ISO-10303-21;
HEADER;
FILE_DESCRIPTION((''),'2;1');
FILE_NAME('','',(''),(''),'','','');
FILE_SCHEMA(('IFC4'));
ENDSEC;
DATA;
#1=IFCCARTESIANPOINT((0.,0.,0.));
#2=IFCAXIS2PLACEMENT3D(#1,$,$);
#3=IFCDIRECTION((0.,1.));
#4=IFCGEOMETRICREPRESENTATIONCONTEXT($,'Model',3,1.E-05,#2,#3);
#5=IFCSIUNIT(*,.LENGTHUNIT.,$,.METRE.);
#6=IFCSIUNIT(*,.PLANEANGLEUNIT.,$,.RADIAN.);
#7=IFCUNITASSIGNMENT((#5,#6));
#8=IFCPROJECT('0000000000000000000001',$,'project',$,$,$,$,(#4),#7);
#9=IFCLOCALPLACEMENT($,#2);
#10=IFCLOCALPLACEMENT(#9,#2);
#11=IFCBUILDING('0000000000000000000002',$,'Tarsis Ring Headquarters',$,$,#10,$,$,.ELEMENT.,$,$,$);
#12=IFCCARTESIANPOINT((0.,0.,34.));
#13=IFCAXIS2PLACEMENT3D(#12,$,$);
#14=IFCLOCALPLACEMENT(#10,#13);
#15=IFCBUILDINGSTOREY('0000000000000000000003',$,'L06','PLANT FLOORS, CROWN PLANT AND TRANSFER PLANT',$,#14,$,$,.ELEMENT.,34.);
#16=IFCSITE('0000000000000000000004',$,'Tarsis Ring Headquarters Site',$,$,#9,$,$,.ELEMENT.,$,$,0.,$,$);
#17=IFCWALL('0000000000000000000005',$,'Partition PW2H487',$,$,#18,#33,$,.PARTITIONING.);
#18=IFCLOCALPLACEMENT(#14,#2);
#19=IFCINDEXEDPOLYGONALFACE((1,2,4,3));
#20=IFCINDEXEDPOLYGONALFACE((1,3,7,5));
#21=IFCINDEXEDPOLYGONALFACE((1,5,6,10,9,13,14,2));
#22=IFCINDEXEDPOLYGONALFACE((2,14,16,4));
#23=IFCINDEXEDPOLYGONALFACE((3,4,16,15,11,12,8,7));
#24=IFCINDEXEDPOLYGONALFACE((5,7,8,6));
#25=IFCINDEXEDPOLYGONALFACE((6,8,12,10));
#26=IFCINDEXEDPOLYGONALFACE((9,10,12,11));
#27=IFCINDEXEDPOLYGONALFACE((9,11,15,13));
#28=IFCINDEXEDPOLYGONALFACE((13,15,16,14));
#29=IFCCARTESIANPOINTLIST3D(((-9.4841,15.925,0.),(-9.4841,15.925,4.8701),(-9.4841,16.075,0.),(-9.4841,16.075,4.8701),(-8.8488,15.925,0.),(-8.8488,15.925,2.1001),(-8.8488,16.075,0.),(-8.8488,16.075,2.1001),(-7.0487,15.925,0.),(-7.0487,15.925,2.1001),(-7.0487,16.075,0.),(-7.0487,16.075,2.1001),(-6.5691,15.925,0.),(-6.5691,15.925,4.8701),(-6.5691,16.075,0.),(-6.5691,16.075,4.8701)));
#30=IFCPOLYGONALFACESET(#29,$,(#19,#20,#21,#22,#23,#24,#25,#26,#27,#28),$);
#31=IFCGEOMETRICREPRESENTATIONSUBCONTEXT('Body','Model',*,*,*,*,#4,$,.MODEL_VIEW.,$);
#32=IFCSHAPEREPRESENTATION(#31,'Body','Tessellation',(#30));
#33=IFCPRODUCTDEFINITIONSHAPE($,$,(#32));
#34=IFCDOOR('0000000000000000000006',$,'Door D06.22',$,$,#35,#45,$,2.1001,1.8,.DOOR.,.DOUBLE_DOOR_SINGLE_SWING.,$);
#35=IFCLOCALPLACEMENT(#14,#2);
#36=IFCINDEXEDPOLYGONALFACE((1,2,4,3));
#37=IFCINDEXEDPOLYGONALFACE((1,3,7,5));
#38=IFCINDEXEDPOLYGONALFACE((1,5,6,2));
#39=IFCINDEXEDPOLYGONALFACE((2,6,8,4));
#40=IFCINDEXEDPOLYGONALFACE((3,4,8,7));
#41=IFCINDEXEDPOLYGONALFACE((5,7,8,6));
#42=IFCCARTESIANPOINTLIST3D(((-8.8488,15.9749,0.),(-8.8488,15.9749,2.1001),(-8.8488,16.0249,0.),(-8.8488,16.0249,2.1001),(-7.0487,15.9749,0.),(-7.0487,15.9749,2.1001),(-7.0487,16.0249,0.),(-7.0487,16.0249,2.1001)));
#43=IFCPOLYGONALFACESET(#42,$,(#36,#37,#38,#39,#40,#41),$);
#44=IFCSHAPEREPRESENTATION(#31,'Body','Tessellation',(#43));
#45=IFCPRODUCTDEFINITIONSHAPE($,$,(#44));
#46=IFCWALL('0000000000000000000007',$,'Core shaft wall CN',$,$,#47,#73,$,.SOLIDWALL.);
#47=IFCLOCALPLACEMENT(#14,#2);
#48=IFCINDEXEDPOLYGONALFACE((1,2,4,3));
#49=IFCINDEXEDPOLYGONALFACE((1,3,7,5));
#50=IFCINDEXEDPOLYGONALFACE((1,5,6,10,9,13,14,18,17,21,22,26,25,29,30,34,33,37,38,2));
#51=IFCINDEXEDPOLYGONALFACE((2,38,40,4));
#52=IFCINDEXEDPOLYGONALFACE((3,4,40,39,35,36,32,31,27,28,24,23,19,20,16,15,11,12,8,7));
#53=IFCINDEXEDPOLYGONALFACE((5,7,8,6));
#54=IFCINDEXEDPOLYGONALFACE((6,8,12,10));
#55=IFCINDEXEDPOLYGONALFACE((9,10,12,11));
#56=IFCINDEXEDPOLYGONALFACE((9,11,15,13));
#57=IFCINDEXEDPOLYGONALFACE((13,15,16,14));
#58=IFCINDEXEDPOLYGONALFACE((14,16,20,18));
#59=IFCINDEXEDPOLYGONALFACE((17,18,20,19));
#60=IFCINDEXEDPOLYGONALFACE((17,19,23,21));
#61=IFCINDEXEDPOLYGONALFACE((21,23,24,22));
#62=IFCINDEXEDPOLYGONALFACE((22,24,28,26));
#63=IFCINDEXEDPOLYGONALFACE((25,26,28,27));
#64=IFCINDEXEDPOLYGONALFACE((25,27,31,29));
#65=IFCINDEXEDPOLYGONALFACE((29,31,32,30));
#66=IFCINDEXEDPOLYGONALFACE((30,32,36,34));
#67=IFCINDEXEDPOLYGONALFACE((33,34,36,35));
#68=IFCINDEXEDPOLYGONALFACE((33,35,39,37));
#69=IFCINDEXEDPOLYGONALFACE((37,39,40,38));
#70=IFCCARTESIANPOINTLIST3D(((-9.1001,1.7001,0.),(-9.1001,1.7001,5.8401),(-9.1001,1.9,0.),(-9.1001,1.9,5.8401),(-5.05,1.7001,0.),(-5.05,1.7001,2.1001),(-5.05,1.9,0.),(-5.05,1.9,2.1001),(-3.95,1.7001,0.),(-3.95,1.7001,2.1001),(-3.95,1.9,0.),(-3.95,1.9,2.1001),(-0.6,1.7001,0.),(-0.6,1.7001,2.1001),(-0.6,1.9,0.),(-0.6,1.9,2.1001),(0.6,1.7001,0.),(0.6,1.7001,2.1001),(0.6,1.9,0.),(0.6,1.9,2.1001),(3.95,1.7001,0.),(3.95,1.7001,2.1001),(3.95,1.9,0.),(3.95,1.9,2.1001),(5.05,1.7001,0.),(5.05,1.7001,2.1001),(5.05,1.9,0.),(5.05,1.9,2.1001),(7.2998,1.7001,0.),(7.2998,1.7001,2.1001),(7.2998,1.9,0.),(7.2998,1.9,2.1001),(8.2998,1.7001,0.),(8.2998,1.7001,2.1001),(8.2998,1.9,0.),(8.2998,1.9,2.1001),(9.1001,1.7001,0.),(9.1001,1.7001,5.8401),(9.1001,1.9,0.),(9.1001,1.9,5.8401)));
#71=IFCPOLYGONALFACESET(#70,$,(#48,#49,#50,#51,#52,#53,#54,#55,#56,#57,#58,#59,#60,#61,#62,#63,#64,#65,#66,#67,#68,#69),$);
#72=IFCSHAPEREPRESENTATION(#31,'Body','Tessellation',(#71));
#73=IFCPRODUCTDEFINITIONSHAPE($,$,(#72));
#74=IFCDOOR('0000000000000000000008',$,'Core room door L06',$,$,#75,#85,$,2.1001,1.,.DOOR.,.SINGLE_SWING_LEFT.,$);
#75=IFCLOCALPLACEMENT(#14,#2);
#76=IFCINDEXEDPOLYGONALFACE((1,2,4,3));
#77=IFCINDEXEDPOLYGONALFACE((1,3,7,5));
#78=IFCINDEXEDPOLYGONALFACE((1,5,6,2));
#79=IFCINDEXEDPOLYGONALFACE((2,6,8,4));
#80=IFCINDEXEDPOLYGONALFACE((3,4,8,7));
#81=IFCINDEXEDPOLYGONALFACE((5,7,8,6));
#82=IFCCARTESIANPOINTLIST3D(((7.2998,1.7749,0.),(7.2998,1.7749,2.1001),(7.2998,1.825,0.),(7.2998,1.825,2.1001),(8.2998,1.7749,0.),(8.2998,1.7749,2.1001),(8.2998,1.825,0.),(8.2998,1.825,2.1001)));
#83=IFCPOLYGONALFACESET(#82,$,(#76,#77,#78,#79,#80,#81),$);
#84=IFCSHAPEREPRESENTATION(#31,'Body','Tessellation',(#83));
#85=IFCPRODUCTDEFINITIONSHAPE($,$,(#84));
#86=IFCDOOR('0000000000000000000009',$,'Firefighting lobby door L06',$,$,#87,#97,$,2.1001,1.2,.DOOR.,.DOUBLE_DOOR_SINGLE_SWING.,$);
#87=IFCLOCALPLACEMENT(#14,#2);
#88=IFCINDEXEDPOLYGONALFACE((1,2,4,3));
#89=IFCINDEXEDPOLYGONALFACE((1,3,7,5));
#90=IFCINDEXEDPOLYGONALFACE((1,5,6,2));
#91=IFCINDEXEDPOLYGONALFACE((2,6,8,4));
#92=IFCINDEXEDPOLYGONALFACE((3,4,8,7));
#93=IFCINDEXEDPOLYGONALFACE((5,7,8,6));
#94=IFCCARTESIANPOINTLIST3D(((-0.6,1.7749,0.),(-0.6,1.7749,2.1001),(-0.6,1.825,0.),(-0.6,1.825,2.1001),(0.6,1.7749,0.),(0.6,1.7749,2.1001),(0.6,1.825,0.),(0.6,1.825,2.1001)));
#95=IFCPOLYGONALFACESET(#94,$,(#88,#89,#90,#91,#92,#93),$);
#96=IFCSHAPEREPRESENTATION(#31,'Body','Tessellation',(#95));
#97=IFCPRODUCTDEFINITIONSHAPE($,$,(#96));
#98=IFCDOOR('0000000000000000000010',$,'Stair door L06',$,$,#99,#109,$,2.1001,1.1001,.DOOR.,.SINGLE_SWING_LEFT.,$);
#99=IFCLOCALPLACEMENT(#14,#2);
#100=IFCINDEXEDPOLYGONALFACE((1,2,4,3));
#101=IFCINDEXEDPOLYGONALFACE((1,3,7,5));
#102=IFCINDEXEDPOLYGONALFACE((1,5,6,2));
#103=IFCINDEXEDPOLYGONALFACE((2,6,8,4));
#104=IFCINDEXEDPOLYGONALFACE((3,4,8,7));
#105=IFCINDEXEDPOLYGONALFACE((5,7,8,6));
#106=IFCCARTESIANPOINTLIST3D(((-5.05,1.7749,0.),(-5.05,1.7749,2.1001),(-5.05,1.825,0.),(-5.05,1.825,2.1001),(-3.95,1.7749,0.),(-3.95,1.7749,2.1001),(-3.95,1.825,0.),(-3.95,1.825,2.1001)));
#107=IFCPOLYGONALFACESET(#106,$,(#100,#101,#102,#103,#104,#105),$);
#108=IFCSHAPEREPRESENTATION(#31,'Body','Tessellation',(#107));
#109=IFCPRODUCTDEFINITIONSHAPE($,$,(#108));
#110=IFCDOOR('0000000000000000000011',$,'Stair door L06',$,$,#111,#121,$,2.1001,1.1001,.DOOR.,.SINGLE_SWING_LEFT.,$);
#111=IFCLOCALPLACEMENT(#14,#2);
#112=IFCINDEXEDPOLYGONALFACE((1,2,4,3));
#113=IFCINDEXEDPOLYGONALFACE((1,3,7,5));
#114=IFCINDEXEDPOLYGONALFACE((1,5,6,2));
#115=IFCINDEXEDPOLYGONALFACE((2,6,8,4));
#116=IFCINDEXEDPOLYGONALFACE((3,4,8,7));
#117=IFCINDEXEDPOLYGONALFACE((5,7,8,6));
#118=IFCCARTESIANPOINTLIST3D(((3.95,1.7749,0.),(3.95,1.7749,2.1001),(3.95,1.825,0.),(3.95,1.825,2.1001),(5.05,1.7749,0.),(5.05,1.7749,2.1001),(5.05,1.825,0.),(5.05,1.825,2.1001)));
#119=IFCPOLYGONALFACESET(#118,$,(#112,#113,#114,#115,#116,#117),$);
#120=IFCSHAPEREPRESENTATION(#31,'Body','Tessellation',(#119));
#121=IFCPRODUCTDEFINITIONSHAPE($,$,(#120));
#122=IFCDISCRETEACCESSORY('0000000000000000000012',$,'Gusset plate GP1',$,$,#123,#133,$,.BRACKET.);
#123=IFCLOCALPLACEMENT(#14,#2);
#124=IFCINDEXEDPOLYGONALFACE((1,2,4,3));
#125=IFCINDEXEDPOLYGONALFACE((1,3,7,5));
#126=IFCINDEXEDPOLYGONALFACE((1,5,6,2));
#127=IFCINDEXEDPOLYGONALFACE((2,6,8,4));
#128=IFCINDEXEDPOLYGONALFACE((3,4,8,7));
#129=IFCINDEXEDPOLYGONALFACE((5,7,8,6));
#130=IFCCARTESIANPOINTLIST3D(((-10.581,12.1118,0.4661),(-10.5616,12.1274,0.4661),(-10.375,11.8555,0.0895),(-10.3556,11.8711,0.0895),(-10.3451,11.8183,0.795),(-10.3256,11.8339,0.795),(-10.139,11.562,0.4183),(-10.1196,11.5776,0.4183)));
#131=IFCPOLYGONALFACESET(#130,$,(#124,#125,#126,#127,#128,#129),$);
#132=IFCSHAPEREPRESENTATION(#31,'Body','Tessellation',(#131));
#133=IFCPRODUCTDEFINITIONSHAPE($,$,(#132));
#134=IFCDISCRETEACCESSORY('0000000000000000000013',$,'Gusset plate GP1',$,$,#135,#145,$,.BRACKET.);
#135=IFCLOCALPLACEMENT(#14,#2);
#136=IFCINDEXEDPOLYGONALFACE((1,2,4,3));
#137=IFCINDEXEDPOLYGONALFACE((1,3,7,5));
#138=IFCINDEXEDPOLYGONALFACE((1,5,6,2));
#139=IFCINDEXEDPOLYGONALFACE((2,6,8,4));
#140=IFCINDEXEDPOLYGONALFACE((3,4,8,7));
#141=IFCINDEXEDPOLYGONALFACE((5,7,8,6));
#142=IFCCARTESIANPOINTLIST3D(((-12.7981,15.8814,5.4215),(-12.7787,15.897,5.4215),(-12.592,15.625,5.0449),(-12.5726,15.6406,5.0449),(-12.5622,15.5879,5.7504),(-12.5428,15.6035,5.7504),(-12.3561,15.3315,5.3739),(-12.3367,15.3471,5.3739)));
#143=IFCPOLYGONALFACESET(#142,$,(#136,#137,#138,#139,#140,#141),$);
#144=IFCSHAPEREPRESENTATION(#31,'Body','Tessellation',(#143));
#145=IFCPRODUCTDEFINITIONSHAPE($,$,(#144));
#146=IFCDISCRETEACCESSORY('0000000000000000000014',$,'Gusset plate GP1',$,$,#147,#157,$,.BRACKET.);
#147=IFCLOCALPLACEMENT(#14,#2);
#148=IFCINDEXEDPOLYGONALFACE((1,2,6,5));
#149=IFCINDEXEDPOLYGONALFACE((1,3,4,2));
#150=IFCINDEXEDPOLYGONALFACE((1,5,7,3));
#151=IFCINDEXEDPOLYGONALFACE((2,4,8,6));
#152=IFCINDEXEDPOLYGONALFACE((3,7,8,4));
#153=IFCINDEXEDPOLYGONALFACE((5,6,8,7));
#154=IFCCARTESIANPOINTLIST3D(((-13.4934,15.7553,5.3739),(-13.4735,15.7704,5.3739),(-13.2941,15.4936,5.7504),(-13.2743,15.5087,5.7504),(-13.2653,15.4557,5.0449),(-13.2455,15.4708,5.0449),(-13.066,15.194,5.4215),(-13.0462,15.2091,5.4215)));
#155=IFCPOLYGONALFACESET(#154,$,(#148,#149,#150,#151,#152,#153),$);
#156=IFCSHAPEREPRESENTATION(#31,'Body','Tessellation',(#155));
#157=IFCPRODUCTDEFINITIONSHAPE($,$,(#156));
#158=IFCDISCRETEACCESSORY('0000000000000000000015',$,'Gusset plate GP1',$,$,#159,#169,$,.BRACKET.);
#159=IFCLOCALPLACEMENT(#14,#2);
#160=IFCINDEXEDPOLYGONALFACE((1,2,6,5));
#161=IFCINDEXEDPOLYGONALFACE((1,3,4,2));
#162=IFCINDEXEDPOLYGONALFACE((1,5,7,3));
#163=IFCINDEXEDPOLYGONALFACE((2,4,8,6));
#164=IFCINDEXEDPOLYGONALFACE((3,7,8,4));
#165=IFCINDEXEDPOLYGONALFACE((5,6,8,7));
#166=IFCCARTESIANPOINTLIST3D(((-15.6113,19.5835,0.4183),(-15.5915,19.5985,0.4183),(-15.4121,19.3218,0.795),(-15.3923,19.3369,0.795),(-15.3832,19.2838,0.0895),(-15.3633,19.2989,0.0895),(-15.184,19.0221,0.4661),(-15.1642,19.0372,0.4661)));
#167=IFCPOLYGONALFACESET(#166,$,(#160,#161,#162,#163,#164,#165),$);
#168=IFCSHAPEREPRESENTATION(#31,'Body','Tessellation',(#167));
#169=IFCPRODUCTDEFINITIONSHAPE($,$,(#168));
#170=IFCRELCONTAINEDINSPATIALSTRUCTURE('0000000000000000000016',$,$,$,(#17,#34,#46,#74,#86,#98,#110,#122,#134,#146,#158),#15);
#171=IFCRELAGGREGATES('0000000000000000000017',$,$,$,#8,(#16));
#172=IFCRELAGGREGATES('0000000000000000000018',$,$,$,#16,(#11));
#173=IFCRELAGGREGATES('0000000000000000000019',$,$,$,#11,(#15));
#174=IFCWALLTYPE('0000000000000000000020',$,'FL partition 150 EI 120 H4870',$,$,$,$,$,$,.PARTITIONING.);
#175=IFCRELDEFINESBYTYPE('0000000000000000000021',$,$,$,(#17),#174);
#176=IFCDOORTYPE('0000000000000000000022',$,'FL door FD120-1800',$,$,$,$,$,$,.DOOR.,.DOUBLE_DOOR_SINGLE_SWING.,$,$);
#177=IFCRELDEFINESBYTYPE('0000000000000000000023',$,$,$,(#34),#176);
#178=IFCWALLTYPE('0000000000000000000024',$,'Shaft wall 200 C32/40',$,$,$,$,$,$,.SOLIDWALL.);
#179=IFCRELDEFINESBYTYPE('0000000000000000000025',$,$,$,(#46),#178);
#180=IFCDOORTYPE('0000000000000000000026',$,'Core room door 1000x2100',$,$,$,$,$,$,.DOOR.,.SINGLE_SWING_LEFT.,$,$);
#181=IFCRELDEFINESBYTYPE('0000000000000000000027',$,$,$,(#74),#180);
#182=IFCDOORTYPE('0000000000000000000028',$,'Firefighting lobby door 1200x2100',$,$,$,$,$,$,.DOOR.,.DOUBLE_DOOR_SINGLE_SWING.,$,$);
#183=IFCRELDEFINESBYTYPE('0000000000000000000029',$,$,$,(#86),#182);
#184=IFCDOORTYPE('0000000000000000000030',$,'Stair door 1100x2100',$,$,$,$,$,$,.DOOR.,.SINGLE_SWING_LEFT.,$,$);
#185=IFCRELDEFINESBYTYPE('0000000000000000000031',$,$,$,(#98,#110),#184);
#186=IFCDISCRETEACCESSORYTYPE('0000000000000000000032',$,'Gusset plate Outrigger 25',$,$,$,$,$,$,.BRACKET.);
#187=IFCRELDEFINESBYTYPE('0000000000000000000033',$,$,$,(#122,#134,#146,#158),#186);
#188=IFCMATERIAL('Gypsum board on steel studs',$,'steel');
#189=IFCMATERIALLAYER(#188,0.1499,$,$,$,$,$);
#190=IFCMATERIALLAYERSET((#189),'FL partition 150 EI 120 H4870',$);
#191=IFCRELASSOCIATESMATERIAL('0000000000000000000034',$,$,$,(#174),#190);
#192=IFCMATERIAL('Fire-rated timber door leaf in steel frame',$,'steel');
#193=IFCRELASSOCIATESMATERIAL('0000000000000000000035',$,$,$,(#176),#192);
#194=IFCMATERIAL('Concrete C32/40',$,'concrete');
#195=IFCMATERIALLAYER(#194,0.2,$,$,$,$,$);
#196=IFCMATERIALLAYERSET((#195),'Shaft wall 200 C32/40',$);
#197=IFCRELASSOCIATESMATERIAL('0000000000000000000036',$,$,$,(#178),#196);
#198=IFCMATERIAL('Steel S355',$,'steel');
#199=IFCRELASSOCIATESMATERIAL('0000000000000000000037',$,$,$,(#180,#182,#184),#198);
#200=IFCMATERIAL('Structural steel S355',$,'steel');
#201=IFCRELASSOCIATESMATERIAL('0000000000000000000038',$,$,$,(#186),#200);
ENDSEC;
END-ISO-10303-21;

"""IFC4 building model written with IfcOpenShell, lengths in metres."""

from ifc_helpers import new_model, si_unit, direction, frame, frame_2d, origin, origin_2d, place, context, subcontext, project, spatial, rectangle, extrude, material, layer, layer_set, material_profile, profile_set, type_object, element, fill, save


model = new_model("IFC4")

# Units and contexts
model_context = context("Model", 3, precision=1e-05, world=origin(), true_north=direction((0.0, 1.0)))
body_context = subcontext(model_context, "Body", "Model", "MODEL_VIEW")
ifc_project = project(units=[si_unit("LENGTHUNIT", "METRE"), si_unit("PLANEANGLEUNIT", "RADIAN")], contexts=[model_context])

# Site, building, storey
site_placement = place(None, origin())
site = spatial("IfcSite", under=ifc_project, at=site_placement, Name="Tarsis Ring Headquarters Site", CompositionType="ELEMENT", RefElevation=0.0)
building_placement = place(site_placement, origin())
building = spatial("IfcBuilding", under=site, at=building_placement, Name="Tarsis Ring Headquarters", CompositionType="ELEMENT")
storey_placement = place(building_placement, frame((0.0, 0.0, 34.0)))
storey = spatial("IfcBuildingStorey", under=building, at=storey_placement, Name="L06", Description="PLANT FLOORS, CROWN PLANT AND TRANSFER PLANT", CompositionType="ELEMENT", Elevation=34.0)

# Shared definitions
ifc_material_1 = material(Name="Structural steel S355", Category="steel")

# Wall, opening, door
ifc_material_2 = material(Name="Gypsum board on steel studs", Category="steel")
ifc_layer_1 = layer(ifc_material_2, 0.1499)
ifc_layer_set_1 = layer_set([ifc_layer_1], Name="FL partition 150 EI 120 H4870")
wall_type_1 = type_object("IfcWallType", Name="FL partition 150 EI 120 H4870", PredefinedType="PARTITIONING", material=ifc_layer_set_1)
wall_1_placement = place(storey_placement, frame((-9.4841, 16.0, 0.0), z_axis=(0.0, 0.0, 1.0), x_axis=(1.0, 0.0, 0.0)))
wall_1 = element("IfcWall", 1, at=wall_1_placement, inside=storey, type_object=wall_type_1, Name="Partition PW2H487", PredefinedType="PARTITIONING", context=body_context, shape_type="SweptSolid", body=[
    extrude(rectangle(XDim=2.915, YDim=0.1499, at=frame_2d((1.4575, 0.0))), origin(), (0.0, 0.0, 1.0), 4.8701),
])
opening_1_placement = place(wall_1_placement, frame((0.6355, 0.0, 0.0)))
opening_1 = element("IfcOpeningElement", 2, at=opening_1_placement, cuts=wall_1, PredefinedType="OPENING", context=body_context, shape_type="SweptSolid", body=[
    extrude(rectangle(XDim=1.8, YDim=2.1001, at=frame_2d((0.8999, 1.05))), frame((0.0, 0.085, 0.0), z_axis=(0.0, -1.0, 0.0), x_axis=(1.0, 0.0, 0.0)), (0.0, 0.0, 1.0), 0.1699),
])
ifc_material_3 = material(Name="Fire-rated timber door leaf in steel frame", Category="steel")
door_type_1 = type_object("IfcDoorType", Name="FL door FD120-1800", OperationType="DOUBLE_DOOR_SINGLE_SWING", PredefinedType="DOOR", material=ifc_material_3)
door_1_placement = place(opening_1_placement, origin())
door_1 = element("IfcDoor", 3, at=door_1_placement, inside=storey, type_object=door_type_1, Name="Door D06.22", OperationType="DOUBLE_DOOR_SINGLE_SWING", OverallHeight=2.1001, OverallWidth=1.8, PredefinedType="DOOR", context=body_context, shape_type="SweptSolid", body=[
    extrude(rectangle(XDim=1.8, YDim=2.1001, at=frame_2d((0.8999, 1.05))), frame((0.0, 0.0249, 0.0), z_axis=(0.0, -1.0, 0.0), x_axis=(1.0, 0.0, 0.0)), (0.0, 0.0, 1.0), 0.05),
])
fill(opening_1, door_1)

# Wall, openings, doors
ifc_material_4 = material(Name="Concrete C32/40", Category="concrete")
ifc_layer_2 = layer(ifc_material_4, 0.2)
ifc_layer_set_2 = layer_set([ifc_layer_2], Name="Shaft wall 200 C32/40")
wall_type_2 = type_object("IfcWallType", Name="Shaft wall 200 C32/40", PredefinedType="SOLIDWALL", material=ifc_layer_set_2)
wall_2_placement = place(storey_placement, frame((-9.1001, 1.8, 0.0), z_axis=(0.0, 0.0, 1.0), x_axis=(1.0, 0.0, 0.0)))
wall_2 = element("IfcWall", 4, at=wall_2_placement, inside=storey, type_object=wall_type_2, Name="Core shaft wall CN", PredefinedType="SOLIDWALL", context=body_context, shape_type="SweptSolid", body=[
    extrude(rectangle(XDim=18.2002, YDim=0.2, at=frame_2d((9.1001, 0.0))), origin(), (0.0, 0.0, 1.0), 5.8401),
])
opening_2_placement = place(wall_2_placement, frame((4.05, 0.0, 0.0)))
opening_2 = element("IfcOpeningElement", 5, at=opening_2_placement, cuts=wall_2, PredefinedType="OPENING", context=body_context, shape_type="SweptSolid", body=[
    extrude(rectangle(XDim=1.1001, YDim=2.1001, at=frame_2d((0.55, 1.05))), frame((0.0, 0.1099, 0.0), z_axis=(0.0, -1.0, 0.0), x_axis=(1.0, 0.0, 0.0)), (0.0, 0.0, 1.0), 0.22),
])
opening_3_placement = place(wall_2_placement, frame((8.5, 0.0, 0.0)))
opening_3 = element("IfcOpeningElement", 6, at=opening_3_placement, cuts=wall_2, PredefinedType="OPENING", context=body_context, shape_type="SweptSolid", body=[
    extrude(rectangle(XDim=1.2, YDim=2.1001, at=frame_2d((0.6001, 1.05))), frame((0.0, 0.1099, 0.0), z_axis=(0.0, -1.0, 0.0), x_axis=(1.0, 0.0, 0.0)), (0.0, 0.0, 1.0), 0.22),
])
opening_4_placement = place(wall_2_placement, frame((13.05, 0.0, 0.0)))
opening_4 = element("IfcOpeningElement", 7, at=opening_4_placement, cuts=wall_2, PredefinedType="OPENING", context=body_context, shape_type="SweptSolid", body=[
    extrude(rectangle(XDim=1.1001, YDim=2.1001, at=frame_2d((0.55, 1.05))), frame((0.0, 0.1099, 0.0), z_axis=(0.0, -1.0, 0.0), x_axis=(1.0, 0.0, 0.0)), (0.0, 0.0, 1.0), 0.22),
])
opening_5_placement = place(wall_2_placement, frame((16.3999, 0.0, 0.0)))
opening_5 = element("IfcOpeningElement", 8, at=opening_5_placement, cuts=wall_2, PredefinedType="OPENING", context=body_context, shape_type="SweptSolid", body=[
    extrude(rectangle(XDim=1.0, YDim=2.1001, at=frame_2d((0.5, 1.05))), frame((0.0, 0.1099, 0.0), z_axis=(0.0, -1.0, 0.0), x_axis=(1.0, 0.0, 0.0)), (0.0, 0.0, 1.0), 0.22),
])
ifc_material_5 = material(Name="Steel S355", Category="steel")
door_type_2 = type_object("IfcDoorType", Name="Core room door 1000x2100", OperationType="SINGLE_SWING_LEFT", PredefinedType="DOOR", material=ifc_material_5)
door_2_placement = place(opening_5_placement, origin())
door_2 = element("IfcDoor", 9, at=door_2_placement, inside=storey, type_object=door_type_2, Name="Core room door L06", OperationType="SINGLE_SWING_LEFT", OverallHeight=2.1001, OverallWidth=1.0, PredefinedType="DOOR", context=body_context, shape_type="SweptSolid", body=[
    extrude(rectangle(XDim=1.0, YDim=2.1001, at=frame_2d((0.5, 1.05))), frame((0.0, 0.0249, 0.0), z_axis=(0.0, -1.0, 0.0), x_axis=(1.0, 0.0, 0.0)), (0.0, 0.0, 1.0), 0.05),
])
fill(opening_5, door_2)
door_type_3 = type_object("IfcDoorType", Name="Firefighting lobby door 1200x2100", OperationType="DOUBLE_DOOR_SINGLE_SWING", PredefinedType="DOOR", material=ifc_material_5)
door_3_placement = place(opening_3_placement, origin())
door_3 = element("IfcDoor", 10, at=door_3_placement, inside=storey, type_object=door_type_3, Name="Firefighting lobby door L06", OperationType="DOUBLE_DOOR_SINGLE_SWING", OverallHeight=2.1001, OverallWidth=1.2, PredefinedType="DOOR", context=body_context, shape_type="SweptSolid", body=[
    extrude(rectangle(XDim=1.2, YDim=2.1001, at=frame_2d((0.6001, 1.05))), frame((0.0, 0.0249, 0.0), z_axis=(0.0, -1.0, 0.0), x_axis=(1.0, 0.0, 0.0)), (0.0, 0.0, 1.0), 0.05),
])
fill(opening_3, door_3)
door_type_4 = type_object("IfcDoorType", Name="Stair door 1100x2100", OperationType="SINGLE_SWING_LEFT", PredefinedType="DOOR", material=ifc_material_5)
door_4_placement = place(opening_2_placement, origin())
door_4 = element("IfcDoor", 11, at=door_4_placement, inside=storey, type_object=door_type_4, Name="Stair door L06", OperationType="SINGLE_SWING_LEFT", OverallHeight=2.1001, OverallWidth=1.1001, PredefinedType="DOOR", context=body_context, shape_type="SweptSolid", body=[
    extrude(rectangle(XDim=1.1001, YDim=2.1001, at=frame_2d((0.55, 1.05))), frame((0.0, 0.0249, 0.0), z_axis=(0.0, -1.0, 0.0), x_axis=(1.0, 0.0, 0.0)), (0.0, 0.0, 1.0), 0.05),
])
fill(opening_2, door_4)
door_5_placement = place(opening_4_placement, origin())
door_5 = element("IfcDoor", 12, at=door_5_placement, inside=storey, type_object=door_type_4, Name="Stair door L06", OperationType="SINGLE_SWING_LEFT", OverallHeight=2.1001, OverallWidth=1.1001, PredefinedType="DOOR", context=body_context, shape_type="SweptSolid", body=[
    extrude(rectangle(XDim=1.1001, YDim=2.1001, at=frame_2d((0.55, 1.05))), frame((0.0, 0.0249, 0.0), z_axis=(0.0, -1.0, 0.0), x_axis=(1.0, 0.0, 0.0)), (0.0, 0.0, 1.0), 0.05),
])
fill(opening_4, door_5)

# Discrete accessories
ifc_material_profile_1 = material_profile(ifc_material_1, rectangle(XDim=0.0249, YDim=0.5, at=origin_2d()), Name="PL 25x500")
ifc_profile_set_1 = profile_set([ifc_material_profile_1], Name="Structural steel S355")
discrete_accessory_type_1 = type_object("IfcDiscreteAccessoryType", Name="Gusset plate Outrigger 25", PredefinedType="BRACKET", material=ifc_profile_set_1)
for number, where, z_axis, x_axis, name in (
    (13, (-10.2473, 11.7166, 0.2539), (-0.412042, 0.512611, 0.753294), (-0.779418, -0.626504, 0.0), "Gusset plate GP1"),
    (14, (-12.6704, 15.7424, 5.5859), (0.412193, -0.512799, -0.753083), (0.779418, 0.626504, 0.0), "Gusset plate GP1"),
    (15, (-13.1702, 15.3513, 5.5859), (-0.398509, 0.523531, -0.753064), (-0.795704, -0.605685, 0.0), "Gusset plate GP1"),
    (16, (-15.4873, 19.4412, 0.2539), (0.398362, -0.523339, 0.753276), (0.795704, 0.605685, 0.0), "Gusset plate GP1"),
):
    element("IfcDiscreteAccessory", number, at=place(storey_placement, frame(where, z_axis=z_axis, x_axis=x_axis)), inside=storey, type_object=discrete_accessory_type_1, Name=name, PredefinedType="BRACKET", context=body_context, shape_type="SweptSolid", body=[
        extrude(rectangle(XDim=0.0249, YDim=0.5, at=origin_2d()), origin(), (0.0, 0.0, 1.0), 0.5),
    ])

save(model, "model.ifc")
